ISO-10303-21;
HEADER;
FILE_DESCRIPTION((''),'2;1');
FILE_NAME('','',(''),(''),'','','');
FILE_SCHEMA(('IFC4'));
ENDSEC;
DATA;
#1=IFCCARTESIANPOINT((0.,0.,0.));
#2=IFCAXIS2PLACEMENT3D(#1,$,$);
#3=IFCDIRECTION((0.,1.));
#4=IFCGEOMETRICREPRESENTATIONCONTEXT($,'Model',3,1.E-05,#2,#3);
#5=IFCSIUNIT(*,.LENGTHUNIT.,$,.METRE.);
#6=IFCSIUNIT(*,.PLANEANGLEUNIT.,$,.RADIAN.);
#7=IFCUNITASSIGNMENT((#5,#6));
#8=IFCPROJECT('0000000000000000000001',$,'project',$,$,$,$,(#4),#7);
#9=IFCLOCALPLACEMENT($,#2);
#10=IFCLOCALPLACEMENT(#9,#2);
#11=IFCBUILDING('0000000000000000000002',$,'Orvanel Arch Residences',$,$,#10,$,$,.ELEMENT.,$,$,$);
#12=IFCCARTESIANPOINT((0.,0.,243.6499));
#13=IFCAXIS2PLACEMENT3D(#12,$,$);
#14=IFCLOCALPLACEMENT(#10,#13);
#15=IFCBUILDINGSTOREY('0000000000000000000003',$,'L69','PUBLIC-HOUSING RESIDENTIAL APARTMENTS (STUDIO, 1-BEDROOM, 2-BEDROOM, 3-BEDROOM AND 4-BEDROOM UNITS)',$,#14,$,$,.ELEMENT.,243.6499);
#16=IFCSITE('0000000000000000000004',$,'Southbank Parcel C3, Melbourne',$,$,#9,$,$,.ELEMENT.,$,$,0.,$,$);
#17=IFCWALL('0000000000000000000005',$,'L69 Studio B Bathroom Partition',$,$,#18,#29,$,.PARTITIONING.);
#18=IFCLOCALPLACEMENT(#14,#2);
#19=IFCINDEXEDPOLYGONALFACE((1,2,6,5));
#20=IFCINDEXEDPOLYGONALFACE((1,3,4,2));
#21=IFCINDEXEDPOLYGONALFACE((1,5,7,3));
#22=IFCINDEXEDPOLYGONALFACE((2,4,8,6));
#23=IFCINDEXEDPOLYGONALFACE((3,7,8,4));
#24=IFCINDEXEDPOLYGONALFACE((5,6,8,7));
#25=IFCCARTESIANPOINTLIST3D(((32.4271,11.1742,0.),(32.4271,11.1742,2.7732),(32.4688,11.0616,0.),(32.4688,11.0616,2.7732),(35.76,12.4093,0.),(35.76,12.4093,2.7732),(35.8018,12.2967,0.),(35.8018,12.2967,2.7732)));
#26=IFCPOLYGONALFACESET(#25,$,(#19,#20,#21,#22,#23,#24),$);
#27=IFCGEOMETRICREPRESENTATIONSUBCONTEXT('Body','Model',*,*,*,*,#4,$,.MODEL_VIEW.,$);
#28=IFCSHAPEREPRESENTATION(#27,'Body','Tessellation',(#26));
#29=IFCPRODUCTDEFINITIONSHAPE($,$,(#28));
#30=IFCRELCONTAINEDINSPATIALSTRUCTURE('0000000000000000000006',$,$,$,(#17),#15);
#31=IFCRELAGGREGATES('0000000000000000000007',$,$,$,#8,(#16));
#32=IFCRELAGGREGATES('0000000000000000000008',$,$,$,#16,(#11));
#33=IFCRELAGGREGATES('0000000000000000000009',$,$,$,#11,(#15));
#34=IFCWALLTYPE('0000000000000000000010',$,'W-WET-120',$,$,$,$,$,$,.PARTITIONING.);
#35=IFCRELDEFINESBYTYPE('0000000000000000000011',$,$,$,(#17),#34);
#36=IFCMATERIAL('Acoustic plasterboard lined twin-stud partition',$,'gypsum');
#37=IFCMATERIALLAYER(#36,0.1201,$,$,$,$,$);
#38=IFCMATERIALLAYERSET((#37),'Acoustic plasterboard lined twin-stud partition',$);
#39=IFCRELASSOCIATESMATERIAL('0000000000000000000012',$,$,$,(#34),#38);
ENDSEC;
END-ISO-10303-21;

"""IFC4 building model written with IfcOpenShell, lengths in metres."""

from ifc_helpers import new_model, si_unit, direction, frame, frame_2d, origin, place, context, subcontext, project, spatial, rectangle, extrude, material, layer, layer_set, type_object, element, save


model = new_model("IFC4")

# Units and contexts
model_context = context("Model", 3, precision=1e-05, world=origin(), true_north=direction((0.0, 1.0)))
body_context = subcontext(model_context, "Body", "Model", "MODEL_VIEW")
ifc_project = project(units=[si_unit("LENGTHUNIT", "METRE"), si_unit("PLANEANGLEUNIT", "RADIAN")], contexts=[model_context])

# Site, building, storey
site_placement = place(None, origin())
site = spatial("IfcSite", under=ifc_project, at=site_placement, Name="Southbank Parcel C3, Melbourne", CompositionType="ELEMENT", RefElevation=0.0)
building_placement = place(site_placement, origin())
building = spatial("IfcBuilding", under=site, at=building_placement, Name="Orvanel Arch Residences", CompositionType="ELEMENT")
storey_placement = place(building_placement, frame((0.0, 0.0, 243.6499)))
storey = spatial("IfcBuildingStorey", under=building, at=storey_placement, Name="L69", Description="PUBLIC-HOUSING RESIDENTIAL APARTMENTS (STUDIO, 1-BEDROOM, 2-BEDROOM, 3-BEDROOM AND 4-BEDROOM UNITS)", CompositionType="ELEMENT", Elevation=243.6499)

# Shared definitions
ifc_material_1 = material(Name="Acoustic plasterboard lined twin-stud partition", Category="gypsum")
ifc_layer_1 = layer(ifc_material_1, 0.1201)
ifc_layer_set_1 = layer_set([ifc_layer_1], Name="Acoustic plasterboard lined twin-stud partition")
wall_type_1 = type_object("IfcWallType", Name="W-WET-120", PredefinedType="PARTITIONING", material=ifc_layer_set_1)

# Wall
wall_1_placement = place(storey_placement, frame((35.781, 12.353, 0.0), z_axis=(0.0, 0.0, 1.0), x_axis=(-0.937688, -0.347478, 0.0)))
element("IfcWall", 1, at=wall_1_placement, inside=storey, type_object=wall_type_1, Name="L69 Studio B Bathroom Partition", PredefinedType="PARTITIONING", context=body_context, shape_type="SweptSolid", body=[
    extrude(rectangle(XDim=3.5544, YDim=0.1201, at=frame_2d((1.7773, 0.0))), origin(), (0.0, 0.0, 1.0), 2.7732),
])

save(model, "model.ifc")
